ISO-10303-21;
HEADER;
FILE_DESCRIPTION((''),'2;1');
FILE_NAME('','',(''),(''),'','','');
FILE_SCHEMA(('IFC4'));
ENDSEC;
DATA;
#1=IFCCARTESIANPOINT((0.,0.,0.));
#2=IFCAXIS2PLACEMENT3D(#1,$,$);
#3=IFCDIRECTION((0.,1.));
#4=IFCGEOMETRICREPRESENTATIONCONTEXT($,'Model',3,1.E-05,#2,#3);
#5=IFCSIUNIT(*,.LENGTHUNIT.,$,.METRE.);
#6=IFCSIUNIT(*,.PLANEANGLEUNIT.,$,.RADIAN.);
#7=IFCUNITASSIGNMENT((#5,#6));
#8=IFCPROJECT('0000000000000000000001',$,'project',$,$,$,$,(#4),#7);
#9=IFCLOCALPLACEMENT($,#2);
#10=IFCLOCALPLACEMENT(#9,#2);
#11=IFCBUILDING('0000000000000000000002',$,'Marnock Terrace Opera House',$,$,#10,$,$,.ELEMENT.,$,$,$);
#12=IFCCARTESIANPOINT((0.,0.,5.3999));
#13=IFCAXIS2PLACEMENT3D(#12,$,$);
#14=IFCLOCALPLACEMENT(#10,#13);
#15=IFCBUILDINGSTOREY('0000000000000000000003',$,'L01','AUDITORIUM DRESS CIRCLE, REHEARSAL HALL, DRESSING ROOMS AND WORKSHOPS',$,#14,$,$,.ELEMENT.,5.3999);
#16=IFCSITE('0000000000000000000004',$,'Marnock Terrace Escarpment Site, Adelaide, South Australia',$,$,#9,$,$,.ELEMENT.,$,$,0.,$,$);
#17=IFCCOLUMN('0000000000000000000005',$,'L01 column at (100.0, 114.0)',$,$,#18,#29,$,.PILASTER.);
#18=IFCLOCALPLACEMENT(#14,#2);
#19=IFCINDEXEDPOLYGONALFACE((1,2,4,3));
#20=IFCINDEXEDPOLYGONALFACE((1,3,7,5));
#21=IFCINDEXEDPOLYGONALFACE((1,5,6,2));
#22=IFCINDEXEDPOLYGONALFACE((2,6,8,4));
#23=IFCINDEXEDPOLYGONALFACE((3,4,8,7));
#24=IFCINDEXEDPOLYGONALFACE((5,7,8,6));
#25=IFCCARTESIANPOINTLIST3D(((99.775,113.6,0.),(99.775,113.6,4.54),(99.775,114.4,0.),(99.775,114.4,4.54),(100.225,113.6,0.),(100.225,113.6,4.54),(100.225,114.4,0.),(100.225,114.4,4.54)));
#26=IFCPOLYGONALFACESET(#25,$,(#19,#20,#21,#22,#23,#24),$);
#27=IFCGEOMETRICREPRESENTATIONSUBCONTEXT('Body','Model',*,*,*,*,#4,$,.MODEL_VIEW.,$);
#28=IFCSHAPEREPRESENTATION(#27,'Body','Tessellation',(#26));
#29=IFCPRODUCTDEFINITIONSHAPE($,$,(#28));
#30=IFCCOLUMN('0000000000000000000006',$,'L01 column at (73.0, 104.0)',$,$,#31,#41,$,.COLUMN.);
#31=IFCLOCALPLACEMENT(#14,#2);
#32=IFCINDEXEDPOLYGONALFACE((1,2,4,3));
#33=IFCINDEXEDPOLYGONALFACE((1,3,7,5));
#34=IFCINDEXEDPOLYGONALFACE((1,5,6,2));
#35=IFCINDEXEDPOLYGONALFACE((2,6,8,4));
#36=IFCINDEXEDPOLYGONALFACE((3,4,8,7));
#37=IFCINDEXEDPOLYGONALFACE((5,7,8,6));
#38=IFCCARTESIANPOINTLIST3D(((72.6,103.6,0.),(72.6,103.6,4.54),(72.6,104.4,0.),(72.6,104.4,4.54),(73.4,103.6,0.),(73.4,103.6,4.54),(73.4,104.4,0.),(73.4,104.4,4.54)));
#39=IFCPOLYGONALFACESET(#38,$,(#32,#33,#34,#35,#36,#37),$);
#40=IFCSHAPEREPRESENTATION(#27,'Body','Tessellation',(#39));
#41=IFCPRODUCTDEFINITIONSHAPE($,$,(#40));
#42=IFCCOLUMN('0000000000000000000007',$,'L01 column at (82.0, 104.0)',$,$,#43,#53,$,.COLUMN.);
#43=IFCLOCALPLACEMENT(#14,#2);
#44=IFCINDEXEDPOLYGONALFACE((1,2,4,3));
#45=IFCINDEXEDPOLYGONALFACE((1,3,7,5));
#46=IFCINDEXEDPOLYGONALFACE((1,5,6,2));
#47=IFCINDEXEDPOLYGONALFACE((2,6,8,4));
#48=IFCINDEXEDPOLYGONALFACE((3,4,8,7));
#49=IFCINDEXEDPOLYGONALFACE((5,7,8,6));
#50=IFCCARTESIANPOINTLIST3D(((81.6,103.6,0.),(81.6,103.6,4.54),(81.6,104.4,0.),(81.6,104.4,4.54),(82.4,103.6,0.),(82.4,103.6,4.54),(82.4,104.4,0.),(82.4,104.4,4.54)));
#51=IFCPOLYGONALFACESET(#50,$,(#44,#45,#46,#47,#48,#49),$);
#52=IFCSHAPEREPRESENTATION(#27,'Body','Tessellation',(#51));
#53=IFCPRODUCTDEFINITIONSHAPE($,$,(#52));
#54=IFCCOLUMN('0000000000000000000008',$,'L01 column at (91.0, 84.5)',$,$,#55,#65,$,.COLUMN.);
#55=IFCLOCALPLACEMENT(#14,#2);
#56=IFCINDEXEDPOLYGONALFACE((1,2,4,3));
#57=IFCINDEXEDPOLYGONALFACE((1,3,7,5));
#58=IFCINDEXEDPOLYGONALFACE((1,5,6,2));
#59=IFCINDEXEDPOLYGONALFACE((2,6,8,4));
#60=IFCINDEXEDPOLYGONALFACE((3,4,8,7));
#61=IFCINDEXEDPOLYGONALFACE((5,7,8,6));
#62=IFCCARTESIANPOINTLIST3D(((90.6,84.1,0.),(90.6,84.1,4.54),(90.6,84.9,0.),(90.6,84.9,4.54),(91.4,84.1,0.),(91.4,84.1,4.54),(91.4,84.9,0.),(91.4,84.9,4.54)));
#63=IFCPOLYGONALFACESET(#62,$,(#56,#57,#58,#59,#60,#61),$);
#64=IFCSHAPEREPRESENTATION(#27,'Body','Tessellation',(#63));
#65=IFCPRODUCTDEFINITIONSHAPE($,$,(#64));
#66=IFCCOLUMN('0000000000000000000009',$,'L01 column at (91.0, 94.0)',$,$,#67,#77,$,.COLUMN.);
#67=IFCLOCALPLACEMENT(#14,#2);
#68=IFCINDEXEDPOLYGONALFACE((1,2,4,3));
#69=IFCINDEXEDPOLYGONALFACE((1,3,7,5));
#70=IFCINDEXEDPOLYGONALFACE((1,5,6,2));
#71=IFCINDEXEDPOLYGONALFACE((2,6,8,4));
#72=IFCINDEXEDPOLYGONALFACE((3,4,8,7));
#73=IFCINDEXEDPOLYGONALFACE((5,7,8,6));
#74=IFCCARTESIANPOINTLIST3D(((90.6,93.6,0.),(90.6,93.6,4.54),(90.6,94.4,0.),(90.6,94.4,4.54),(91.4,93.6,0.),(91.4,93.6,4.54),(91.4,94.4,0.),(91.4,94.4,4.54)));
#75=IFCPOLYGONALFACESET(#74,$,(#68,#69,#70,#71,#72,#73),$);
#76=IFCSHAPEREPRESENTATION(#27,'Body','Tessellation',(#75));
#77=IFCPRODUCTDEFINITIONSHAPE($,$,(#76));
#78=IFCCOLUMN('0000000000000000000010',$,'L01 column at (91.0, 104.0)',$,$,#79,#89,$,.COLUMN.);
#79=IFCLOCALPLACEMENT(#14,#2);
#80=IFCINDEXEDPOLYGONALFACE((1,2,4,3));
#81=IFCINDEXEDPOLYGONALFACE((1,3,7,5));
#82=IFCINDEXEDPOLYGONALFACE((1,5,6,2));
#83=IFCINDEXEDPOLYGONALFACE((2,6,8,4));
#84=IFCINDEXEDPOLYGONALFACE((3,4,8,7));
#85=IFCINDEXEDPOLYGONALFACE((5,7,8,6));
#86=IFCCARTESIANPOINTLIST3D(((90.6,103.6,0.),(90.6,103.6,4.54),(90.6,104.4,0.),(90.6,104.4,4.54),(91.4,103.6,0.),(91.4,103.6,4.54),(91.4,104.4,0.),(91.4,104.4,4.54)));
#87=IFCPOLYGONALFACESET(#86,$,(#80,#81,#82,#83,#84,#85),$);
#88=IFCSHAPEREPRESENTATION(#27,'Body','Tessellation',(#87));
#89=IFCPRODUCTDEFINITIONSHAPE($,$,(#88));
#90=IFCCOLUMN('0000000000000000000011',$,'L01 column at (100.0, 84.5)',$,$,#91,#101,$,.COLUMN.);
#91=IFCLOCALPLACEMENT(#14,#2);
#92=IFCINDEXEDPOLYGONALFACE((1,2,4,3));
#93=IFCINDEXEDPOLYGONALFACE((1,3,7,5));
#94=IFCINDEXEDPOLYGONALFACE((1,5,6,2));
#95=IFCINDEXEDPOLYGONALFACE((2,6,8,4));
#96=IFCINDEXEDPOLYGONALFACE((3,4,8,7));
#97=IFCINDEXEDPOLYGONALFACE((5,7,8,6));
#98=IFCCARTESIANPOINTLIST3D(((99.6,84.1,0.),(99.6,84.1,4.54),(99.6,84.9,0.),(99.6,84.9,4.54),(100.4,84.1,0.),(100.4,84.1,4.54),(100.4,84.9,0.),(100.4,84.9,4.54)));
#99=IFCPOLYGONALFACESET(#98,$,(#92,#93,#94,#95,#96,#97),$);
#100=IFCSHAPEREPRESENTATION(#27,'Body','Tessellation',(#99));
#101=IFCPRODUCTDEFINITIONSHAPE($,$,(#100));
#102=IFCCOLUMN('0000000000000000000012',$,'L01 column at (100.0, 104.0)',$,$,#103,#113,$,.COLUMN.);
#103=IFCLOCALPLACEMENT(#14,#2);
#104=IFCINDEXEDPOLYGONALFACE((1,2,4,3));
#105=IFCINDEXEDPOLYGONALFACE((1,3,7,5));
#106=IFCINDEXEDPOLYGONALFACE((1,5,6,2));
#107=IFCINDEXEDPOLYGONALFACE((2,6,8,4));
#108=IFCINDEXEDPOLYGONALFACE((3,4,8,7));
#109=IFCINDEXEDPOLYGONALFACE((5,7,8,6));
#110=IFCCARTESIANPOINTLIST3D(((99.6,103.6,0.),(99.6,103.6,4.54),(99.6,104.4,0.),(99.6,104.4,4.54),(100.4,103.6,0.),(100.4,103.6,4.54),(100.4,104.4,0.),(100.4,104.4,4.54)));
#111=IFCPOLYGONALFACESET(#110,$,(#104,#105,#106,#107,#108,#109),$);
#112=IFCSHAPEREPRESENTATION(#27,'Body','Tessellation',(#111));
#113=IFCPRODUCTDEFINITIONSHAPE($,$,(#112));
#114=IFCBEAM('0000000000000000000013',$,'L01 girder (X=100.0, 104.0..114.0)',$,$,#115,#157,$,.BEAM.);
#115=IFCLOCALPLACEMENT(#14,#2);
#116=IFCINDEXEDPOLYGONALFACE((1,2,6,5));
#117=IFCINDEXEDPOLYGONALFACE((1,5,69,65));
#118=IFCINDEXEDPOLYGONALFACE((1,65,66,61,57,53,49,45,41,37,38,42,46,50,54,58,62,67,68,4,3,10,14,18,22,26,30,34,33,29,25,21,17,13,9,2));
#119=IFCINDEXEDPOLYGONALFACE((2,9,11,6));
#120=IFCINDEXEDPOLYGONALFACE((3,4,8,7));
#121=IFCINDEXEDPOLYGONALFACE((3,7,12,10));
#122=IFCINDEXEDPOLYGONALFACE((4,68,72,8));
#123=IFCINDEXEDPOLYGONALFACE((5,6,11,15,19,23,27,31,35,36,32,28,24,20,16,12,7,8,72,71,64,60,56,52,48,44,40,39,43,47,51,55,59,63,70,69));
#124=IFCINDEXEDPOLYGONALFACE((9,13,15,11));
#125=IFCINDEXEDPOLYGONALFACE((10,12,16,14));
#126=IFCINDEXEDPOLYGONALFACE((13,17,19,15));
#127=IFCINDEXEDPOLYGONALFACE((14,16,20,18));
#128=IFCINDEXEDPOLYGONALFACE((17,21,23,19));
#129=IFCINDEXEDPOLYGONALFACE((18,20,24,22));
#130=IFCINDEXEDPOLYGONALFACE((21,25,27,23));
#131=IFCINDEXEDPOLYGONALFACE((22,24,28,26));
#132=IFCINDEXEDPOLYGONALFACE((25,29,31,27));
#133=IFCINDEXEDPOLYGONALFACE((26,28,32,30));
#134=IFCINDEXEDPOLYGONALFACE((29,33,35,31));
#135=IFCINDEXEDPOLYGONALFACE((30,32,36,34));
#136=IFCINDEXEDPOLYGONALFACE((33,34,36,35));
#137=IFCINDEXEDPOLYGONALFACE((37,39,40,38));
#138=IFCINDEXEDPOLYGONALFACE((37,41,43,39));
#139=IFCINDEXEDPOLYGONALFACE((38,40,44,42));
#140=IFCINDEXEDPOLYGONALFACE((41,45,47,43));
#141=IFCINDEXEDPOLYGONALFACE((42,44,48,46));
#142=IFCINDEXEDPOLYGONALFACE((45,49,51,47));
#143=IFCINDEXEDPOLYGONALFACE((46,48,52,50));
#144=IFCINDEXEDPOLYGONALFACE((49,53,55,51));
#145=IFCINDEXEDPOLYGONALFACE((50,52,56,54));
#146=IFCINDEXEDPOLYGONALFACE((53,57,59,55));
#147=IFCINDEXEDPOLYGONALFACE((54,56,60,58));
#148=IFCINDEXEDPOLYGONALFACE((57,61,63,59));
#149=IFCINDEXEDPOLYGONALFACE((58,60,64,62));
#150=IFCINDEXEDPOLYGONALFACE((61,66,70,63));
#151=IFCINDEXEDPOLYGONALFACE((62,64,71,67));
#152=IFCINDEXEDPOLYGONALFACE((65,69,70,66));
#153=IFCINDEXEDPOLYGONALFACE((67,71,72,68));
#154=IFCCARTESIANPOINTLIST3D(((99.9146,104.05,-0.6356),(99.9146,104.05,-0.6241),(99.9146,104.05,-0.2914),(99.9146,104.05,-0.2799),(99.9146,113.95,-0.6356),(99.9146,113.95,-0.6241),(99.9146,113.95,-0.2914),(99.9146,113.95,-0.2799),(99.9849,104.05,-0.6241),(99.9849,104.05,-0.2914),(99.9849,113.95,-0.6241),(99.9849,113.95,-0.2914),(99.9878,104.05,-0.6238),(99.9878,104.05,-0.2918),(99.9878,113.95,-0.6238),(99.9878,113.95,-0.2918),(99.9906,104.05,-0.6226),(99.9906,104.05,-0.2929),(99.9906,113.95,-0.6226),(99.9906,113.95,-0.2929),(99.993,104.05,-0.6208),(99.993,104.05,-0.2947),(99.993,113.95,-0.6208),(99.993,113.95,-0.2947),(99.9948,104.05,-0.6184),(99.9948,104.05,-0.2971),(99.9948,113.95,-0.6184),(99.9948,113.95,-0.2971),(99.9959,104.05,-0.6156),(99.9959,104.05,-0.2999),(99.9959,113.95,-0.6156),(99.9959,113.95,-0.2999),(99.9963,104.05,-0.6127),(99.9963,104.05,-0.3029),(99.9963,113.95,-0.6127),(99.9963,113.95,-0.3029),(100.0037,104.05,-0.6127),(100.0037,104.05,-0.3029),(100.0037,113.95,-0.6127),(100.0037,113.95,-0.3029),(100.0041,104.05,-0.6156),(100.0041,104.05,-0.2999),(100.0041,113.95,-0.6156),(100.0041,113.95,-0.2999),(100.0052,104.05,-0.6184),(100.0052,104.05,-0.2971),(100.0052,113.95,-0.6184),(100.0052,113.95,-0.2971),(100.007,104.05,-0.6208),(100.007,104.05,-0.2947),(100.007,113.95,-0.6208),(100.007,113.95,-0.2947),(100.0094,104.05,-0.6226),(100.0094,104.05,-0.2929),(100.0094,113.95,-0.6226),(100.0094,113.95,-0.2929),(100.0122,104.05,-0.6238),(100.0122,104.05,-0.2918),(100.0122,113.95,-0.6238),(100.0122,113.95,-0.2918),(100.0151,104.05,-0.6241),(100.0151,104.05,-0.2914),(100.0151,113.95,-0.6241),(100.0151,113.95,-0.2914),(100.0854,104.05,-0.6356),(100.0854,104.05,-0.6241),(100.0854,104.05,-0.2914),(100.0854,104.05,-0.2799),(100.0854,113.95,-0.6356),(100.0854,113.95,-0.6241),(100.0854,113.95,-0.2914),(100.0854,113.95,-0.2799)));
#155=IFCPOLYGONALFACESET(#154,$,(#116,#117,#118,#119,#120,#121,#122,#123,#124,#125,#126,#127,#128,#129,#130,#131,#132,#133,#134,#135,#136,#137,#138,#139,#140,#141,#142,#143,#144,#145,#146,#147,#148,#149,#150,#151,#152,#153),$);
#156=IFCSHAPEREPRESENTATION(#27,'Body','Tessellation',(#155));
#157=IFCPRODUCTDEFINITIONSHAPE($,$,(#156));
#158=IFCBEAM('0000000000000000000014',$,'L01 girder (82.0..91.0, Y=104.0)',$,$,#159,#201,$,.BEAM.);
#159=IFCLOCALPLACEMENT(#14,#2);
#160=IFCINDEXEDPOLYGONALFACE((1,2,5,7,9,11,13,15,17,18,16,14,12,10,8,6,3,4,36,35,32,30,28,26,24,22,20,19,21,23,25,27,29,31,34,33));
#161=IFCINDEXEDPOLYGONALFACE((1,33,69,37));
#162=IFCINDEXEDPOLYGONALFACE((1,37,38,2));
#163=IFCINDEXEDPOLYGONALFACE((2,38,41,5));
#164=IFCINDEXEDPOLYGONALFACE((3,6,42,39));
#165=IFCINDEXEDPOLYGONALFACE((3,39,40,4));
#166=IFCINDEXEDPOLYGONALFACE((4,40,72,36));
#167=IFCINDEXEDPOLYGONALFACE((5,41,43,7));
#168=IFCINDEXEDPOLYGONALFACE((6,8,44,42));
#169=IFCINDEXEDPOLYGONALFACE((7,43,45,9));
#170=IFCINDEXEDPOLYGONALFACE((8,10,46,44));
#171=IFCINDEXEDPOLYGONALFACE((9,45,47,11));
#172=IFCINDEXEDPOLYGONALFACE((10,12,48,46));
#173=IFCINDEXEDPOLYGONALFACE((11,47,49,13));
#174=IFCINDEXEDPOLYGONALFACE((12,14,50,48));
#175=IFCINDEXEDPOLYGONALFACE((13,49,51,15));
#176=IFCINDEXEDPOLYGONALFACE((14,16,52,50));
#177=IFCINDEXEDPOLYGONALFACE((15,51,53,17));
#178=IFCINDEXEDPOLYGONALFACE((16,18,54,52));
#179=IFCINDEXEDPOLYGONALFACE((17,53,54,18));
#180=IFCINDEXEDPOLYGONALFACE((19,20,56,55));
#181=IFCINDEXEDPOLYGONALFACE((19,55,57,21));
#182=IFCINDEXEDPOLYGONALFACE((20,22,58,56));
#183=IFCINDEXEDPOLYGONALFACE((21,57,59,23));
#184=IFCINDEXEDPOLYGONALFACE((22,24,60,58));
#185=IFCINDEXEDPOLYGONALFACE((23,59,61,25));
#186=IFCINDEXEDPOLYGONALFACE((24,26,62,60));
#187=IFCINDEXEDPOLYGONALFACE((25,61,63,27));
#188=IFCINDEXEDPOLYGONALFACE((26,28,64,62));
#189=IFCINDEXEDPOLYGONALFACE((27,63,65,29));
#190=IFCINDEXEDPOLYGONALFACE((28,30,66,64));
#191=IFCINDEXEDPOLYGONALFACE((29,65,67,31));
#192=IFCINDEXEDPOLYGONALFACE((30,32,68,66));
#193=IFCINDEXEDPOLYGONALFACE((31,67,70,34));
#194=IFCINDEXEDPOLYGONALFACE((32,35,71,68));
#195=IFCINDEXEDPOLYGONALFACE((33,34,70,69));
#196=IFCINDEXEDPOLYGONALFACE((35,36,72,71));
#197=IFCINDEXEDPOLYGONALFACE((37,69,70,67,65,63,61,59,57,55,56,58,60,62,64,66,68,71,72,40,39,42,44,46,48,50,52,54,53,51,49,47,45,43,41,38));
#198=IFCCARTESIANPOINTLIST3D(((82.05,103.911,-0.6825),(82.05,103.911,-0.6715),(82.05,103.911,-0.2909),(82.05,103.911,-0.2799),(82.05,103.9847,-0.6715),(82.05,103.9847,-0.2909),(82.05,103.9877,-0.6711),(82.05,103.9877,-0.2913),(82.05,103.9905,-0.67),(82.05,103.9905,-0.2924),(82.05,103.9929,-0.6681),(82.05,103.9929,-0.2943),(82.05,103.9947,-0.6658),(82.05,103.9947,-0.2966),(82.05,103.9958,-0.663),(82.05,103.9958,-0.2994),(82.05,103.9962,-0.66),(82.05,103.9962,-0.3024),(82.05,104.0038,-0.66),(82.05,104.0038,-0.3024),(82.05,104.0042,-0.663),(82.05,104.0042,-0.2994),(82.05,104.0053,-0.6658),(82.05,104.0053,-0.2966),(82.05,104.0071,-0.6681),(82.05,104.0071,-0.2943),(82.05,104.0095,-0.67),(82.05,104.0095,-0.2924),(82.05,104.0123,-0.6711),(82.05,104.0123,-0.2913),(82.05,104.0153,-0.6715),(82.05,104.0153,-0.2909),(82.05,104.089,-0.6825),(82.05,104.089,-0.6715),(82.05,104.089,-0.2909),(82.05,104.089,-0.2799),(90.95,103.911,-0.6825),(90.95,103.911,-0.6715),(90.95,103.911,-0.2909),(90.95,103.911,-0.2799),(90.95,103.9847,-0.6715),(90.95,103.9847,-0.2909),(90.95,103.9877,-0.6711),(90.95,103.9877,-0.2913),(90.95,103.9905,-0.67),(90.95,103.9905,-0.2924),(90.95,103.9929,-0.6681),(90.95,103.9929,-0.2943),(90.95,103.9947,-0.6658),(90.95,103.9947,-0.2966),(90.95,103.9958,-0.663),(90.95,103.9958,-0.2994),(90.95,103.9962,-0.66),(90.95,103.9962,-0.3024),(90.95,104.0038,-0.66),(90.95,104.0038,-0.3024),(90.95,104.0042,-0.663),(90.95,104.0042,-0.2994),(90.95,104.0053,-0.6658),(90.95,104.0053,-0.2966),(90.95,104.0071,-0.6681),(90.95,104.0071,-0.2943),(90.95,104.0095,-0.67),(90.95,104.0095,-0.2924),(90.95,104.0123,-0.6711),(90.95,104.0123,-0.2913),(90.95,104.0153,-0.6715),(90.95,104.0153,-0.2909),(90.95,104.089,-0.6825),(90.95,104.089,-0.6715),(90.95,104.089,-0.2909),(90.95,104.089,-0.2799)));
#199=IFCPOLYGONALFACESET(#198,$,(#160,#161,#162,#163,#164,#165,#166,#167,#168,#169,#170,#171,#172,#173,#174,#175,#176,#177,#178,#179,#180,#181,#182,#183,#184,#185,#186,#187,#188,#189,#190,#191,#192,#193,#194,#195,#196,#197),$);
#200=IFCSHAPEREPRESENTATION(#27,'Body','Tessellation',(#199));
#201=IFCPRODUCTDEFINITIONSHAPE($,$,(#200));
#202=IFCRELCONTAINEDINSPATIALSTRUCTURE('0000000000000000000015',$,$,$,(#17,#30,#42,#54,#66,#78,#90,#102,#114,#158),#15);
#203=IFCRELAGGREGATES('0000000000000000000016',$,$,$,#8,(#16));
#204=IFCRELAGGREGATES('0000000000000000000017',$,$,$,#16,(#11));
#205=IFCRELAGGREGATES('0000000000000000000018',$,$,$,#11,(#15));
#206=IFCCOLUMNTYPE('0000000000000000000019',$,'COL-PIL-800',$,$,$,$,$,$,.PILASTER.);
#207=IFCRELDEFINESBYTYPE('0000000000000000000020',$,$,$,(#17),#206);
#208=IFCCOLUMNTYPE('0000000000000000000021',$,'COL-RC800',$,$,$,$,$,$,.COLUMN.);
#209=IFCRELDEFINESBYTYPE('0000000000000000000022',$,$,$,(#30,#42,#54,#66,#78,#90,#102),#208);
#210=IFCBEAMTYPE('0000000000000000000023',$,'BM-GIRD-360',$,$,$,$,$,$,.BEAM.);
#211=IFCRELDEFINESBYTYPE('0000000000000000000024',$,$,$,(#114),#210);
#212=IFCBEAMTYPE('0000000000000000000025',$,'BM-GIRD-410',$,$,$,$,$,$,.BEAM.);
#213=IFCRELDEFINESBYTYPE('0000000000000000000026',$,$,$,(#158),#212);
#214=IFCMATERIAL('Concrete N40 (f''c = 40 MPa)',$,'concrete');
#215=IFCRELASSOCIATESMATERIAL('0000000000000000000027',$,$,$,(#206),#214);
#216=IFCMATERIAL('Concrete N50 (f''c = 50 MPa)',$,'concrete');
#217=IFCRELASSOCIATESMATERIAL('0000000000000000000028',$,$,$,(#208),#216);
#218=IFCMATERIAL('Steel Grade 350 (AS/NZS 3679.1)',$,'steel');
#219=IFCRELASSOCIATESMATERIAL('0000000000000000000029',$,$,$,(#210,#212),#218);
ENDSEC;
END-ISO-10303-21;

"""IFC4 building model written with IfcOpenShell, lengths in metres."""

from ifc_helpers import new_model, si_unit, direction, frame, origin, origin_2d, place, context, subcontext, project, spatial, rectangle, i_section, extrude, material, material_profile, profile_set, type_object, element, save


model = new_model("IFC4")

# Units and contexts
model_context = context("Model", 3, precision=1e-05, world=origin(), true_north=direction((0.0, 1.0)))
body_context = subcontext(model_context, "Body", "Model", "MODEL_VIEW")
ifc_project = project(units=[si_unit("LENGTHUNIT", "METRE"), si_unit("PLANEANGLEUNIT", "RADIAN")], contexts=[model_context])

# Site, building, storey
site_placement = place(None, origin())
site = spatial("IfcSite", under=ifc_project, at=site_placement, Name="Marnock Terrace Escarpment Site, Adelaide, South Australia", CompositionType="ELEMENT", RefElevation=0.0)
building_placement = place(site_placement, origin())
building = spatial("IfcBuilding", under=site, at=building_placement, Name="Marnock Terrace Opera House", CompositionType="ELEMENT")
storey_placement = place(building_placement, frame((0.0, 0.0, 5.3999)))
storey = spatial("IfcBuildingStorey", under=building, at=storey_placement, Name="L01", Description="AUDITORIUM DRESS CIRCLE, REHEARSAL HALL, DRESSING ROOMS AND WORKSHOPS", CompositionType="ELEMENT", Elevation=5.3999)

# Columns
ifc_material_1 = material(Name="Concrete N50 (f'c = 50 MPa)", Category="concrete")
ifc_material_2 = material(Name="Concrete N40 (f'c = 40 MPa)", Category="concrete")
ifc_material_profile_1 = material_profile(ifc_material_2, rectangle(XDim=0.45, YDim=0.8, at=origin_2d()))
ifc_profile_set_1 = profile_set([ifc_material_profile_1], Name="Concrete N40 (f'c = 40 MPa)")
column_type_1 = type_object("IfcColumnType", Name="COL-PIL-800", PredefinedType="PILASTER", material=ifc_profile_set_1)
for number, where, z_axis, x_axis, name in (
    (1, (100.0, 114.0, 0.0), (0.0, 0.0, 1.0), (1.0, 0.0, 0.0), "L01 column at (100.0, 114.0)"),
):
    element("IfcColumn", number, at=place(storey_placement, frame(where, z_axis=z_axis, x_axis=x_axis)), inside=storey, type_object=column_type_1, Name=name, PredefinedType="PILASTER", context=body_context, shape_type="SweptSolid", body=[
        extrude(rectangle(XDim=0.45, YDim=0.8, at=origin_2d()), origin(), (0.0, 0.0, 1.0), 4.54),
    ])
ifc_material_profile_2 = material_profile(ifc_material_1, rectangle(XDim=0.8, YDim=0.8, at=origin_2d()))
ifc_profile_set_2 = profile_set([ifc_material_profile_2], Name="Concrete N50 (f'c = 50 MPa)")
column_type_2 = type_object("IfcColumnType", Name="COL-RC800", PredefinedType="COLUMN", material=ifc_profile_set_2)
for number, where, z_axis, x_axis, name in (
    (2, (73.0, 104.0, 0.0), (0.0, 0.0, 1.0), (1.0, 0.0, 0.0), "L01 column at (73.0, 104.0)"),
    (3, (82.0, 104.0, 0.0), (0.0, 0.0, 1.0), (1.0, 0.0, 0.0), "L01 column at (82.0, 104.0)"),
    (4, (91.0, 84.5, 0.0), (0.0, 0.0, 1.0), (1.0, 0.0, 0.0), "L01 column at (91.0, 84.5)"),
    (5, (91.0, 94.0, 0.0), (0.0, 0.0, 1.0), (1.0, 0.0, 0.0), "L01 column at (91.0, 94.0)"),
    (6, (91.0, 104.0, 0.0), (0.0, 0.0, 1.0), (1.0, 0.0, 0.0), "L01 column at (91.0, 104.0)"),
    (7, (100.0, 84.5, 0.0), (0.0, 0.0, 1.0), (1.0, 0.0, 0.0), "L01 column at (100.0, 84.5)"),
    (8, (100.0, 104.0, 0.0), (0.0, 0.0, 1.0), (1.0, 0.0, 0.0), "L01 column at (100.0, 104.0)"),
):
    element("IfcColumn", number, at=place(storey_placement, frame(where, z_axis=z_axis, x_axis=x_axis)), inside=storey, type_object=column_type_2, Name=name, PredefinedType="COLUMN", context=body_context, shape_type="SweptSolid", body=[
        extrude(rectangle(XDim=0.8, YDim=0.8, at=origin_2d()), origin(), (0.0, 0.0, 1.0), 4.54),
    ])

# Beams
ifc_material_3 = material(Name="Steel Grade 350 (AS/NZS 3679.1)", Category="steel")
ifc_material_profile_3 = material_profile(ifc_material_3, i_section(OverallWidth=0.1709, OverallDepth=0.3557, WebThickness=0.0073, FlangeThickness=0.0115, FilletRadius=0.0115, at=origin_2d()))
ifc_profile_set_3 = profile_set([ifc_material_profile_3], Name="Steel Grade 350 (AS/NZS 3679.1)")
beam_type_1 = type_object("IfcBeamType", Name="BM-GIRD-360", PredefinedType="BEAM", material=ifc_profile_set_3)
beam_1_placement = place(storey_placement, frame((100.0, 104.05, -0.4578), z_axis=(0.0, 1.0, 0.0), x_axis=(-1.0, 0.0, 0.0)))
element("IfcBeam", 9, at=beam_1_placement, inside=storey, type_object=beam_type_1, Name="L01 girder (X=100.0, 104.0..114.0)", PredefinedType="BEAM", context=body_context, shape_type="SweptSolid", body=[
    extrude(i_section(OverallWidth=0.1709, OverallDepth=0.3557, WebThickness=0.0073, FlangeThickness=0.0115, FilletRadius=0.0115, at=origin_2d()), origin(), (0.0, 0.0, 1.0), 9.8999),
])
ifc_material_profile_4 = material_profile(ifc_material_3, i_section(OverallWidth=0.178, OverallDepth=0.4026, WebThickness=0.0076, FlangeThickness=0.011, FilletRadius=0.0115, at=origin_2d()))
ifc_profile_set_4 = profile_set([ifc_material_profile_4], Name="Steel Grade 350 (AS/NZS 3679.1)")
beam_type_2 = type_object("IfcBeamType", Name="BM-GIRD-410", PredefinedType="BEAM", material=ifc_profile_set_4)
beam_2_placement = place(storey_placement, frame((82.05, 104.0, -0.4812), z_axis=(1.0, 0.0, 0.0), x_axis=(0.0, 1.0, 0.0)))
element("IfcBeam", 10, at=beam_2_placement, inside=storey, type_object=beam_type_2, Name="L01 girder (82.0..91.0, Y=104.0)", PredefinedType="BEAM", context=body_context, shape_type="SweptSolid", body=[
    extrude(i_section(OverallWidth=0.178, OverallDepth=0.4026, WebThickness=0.0076, FlangeThickness=0.011, FilletRadius=0.0115, at=origin_2d()), origin(), (0.0, 0.0, 1.0), 8.8999),
])

save(model, "model.ifc")
